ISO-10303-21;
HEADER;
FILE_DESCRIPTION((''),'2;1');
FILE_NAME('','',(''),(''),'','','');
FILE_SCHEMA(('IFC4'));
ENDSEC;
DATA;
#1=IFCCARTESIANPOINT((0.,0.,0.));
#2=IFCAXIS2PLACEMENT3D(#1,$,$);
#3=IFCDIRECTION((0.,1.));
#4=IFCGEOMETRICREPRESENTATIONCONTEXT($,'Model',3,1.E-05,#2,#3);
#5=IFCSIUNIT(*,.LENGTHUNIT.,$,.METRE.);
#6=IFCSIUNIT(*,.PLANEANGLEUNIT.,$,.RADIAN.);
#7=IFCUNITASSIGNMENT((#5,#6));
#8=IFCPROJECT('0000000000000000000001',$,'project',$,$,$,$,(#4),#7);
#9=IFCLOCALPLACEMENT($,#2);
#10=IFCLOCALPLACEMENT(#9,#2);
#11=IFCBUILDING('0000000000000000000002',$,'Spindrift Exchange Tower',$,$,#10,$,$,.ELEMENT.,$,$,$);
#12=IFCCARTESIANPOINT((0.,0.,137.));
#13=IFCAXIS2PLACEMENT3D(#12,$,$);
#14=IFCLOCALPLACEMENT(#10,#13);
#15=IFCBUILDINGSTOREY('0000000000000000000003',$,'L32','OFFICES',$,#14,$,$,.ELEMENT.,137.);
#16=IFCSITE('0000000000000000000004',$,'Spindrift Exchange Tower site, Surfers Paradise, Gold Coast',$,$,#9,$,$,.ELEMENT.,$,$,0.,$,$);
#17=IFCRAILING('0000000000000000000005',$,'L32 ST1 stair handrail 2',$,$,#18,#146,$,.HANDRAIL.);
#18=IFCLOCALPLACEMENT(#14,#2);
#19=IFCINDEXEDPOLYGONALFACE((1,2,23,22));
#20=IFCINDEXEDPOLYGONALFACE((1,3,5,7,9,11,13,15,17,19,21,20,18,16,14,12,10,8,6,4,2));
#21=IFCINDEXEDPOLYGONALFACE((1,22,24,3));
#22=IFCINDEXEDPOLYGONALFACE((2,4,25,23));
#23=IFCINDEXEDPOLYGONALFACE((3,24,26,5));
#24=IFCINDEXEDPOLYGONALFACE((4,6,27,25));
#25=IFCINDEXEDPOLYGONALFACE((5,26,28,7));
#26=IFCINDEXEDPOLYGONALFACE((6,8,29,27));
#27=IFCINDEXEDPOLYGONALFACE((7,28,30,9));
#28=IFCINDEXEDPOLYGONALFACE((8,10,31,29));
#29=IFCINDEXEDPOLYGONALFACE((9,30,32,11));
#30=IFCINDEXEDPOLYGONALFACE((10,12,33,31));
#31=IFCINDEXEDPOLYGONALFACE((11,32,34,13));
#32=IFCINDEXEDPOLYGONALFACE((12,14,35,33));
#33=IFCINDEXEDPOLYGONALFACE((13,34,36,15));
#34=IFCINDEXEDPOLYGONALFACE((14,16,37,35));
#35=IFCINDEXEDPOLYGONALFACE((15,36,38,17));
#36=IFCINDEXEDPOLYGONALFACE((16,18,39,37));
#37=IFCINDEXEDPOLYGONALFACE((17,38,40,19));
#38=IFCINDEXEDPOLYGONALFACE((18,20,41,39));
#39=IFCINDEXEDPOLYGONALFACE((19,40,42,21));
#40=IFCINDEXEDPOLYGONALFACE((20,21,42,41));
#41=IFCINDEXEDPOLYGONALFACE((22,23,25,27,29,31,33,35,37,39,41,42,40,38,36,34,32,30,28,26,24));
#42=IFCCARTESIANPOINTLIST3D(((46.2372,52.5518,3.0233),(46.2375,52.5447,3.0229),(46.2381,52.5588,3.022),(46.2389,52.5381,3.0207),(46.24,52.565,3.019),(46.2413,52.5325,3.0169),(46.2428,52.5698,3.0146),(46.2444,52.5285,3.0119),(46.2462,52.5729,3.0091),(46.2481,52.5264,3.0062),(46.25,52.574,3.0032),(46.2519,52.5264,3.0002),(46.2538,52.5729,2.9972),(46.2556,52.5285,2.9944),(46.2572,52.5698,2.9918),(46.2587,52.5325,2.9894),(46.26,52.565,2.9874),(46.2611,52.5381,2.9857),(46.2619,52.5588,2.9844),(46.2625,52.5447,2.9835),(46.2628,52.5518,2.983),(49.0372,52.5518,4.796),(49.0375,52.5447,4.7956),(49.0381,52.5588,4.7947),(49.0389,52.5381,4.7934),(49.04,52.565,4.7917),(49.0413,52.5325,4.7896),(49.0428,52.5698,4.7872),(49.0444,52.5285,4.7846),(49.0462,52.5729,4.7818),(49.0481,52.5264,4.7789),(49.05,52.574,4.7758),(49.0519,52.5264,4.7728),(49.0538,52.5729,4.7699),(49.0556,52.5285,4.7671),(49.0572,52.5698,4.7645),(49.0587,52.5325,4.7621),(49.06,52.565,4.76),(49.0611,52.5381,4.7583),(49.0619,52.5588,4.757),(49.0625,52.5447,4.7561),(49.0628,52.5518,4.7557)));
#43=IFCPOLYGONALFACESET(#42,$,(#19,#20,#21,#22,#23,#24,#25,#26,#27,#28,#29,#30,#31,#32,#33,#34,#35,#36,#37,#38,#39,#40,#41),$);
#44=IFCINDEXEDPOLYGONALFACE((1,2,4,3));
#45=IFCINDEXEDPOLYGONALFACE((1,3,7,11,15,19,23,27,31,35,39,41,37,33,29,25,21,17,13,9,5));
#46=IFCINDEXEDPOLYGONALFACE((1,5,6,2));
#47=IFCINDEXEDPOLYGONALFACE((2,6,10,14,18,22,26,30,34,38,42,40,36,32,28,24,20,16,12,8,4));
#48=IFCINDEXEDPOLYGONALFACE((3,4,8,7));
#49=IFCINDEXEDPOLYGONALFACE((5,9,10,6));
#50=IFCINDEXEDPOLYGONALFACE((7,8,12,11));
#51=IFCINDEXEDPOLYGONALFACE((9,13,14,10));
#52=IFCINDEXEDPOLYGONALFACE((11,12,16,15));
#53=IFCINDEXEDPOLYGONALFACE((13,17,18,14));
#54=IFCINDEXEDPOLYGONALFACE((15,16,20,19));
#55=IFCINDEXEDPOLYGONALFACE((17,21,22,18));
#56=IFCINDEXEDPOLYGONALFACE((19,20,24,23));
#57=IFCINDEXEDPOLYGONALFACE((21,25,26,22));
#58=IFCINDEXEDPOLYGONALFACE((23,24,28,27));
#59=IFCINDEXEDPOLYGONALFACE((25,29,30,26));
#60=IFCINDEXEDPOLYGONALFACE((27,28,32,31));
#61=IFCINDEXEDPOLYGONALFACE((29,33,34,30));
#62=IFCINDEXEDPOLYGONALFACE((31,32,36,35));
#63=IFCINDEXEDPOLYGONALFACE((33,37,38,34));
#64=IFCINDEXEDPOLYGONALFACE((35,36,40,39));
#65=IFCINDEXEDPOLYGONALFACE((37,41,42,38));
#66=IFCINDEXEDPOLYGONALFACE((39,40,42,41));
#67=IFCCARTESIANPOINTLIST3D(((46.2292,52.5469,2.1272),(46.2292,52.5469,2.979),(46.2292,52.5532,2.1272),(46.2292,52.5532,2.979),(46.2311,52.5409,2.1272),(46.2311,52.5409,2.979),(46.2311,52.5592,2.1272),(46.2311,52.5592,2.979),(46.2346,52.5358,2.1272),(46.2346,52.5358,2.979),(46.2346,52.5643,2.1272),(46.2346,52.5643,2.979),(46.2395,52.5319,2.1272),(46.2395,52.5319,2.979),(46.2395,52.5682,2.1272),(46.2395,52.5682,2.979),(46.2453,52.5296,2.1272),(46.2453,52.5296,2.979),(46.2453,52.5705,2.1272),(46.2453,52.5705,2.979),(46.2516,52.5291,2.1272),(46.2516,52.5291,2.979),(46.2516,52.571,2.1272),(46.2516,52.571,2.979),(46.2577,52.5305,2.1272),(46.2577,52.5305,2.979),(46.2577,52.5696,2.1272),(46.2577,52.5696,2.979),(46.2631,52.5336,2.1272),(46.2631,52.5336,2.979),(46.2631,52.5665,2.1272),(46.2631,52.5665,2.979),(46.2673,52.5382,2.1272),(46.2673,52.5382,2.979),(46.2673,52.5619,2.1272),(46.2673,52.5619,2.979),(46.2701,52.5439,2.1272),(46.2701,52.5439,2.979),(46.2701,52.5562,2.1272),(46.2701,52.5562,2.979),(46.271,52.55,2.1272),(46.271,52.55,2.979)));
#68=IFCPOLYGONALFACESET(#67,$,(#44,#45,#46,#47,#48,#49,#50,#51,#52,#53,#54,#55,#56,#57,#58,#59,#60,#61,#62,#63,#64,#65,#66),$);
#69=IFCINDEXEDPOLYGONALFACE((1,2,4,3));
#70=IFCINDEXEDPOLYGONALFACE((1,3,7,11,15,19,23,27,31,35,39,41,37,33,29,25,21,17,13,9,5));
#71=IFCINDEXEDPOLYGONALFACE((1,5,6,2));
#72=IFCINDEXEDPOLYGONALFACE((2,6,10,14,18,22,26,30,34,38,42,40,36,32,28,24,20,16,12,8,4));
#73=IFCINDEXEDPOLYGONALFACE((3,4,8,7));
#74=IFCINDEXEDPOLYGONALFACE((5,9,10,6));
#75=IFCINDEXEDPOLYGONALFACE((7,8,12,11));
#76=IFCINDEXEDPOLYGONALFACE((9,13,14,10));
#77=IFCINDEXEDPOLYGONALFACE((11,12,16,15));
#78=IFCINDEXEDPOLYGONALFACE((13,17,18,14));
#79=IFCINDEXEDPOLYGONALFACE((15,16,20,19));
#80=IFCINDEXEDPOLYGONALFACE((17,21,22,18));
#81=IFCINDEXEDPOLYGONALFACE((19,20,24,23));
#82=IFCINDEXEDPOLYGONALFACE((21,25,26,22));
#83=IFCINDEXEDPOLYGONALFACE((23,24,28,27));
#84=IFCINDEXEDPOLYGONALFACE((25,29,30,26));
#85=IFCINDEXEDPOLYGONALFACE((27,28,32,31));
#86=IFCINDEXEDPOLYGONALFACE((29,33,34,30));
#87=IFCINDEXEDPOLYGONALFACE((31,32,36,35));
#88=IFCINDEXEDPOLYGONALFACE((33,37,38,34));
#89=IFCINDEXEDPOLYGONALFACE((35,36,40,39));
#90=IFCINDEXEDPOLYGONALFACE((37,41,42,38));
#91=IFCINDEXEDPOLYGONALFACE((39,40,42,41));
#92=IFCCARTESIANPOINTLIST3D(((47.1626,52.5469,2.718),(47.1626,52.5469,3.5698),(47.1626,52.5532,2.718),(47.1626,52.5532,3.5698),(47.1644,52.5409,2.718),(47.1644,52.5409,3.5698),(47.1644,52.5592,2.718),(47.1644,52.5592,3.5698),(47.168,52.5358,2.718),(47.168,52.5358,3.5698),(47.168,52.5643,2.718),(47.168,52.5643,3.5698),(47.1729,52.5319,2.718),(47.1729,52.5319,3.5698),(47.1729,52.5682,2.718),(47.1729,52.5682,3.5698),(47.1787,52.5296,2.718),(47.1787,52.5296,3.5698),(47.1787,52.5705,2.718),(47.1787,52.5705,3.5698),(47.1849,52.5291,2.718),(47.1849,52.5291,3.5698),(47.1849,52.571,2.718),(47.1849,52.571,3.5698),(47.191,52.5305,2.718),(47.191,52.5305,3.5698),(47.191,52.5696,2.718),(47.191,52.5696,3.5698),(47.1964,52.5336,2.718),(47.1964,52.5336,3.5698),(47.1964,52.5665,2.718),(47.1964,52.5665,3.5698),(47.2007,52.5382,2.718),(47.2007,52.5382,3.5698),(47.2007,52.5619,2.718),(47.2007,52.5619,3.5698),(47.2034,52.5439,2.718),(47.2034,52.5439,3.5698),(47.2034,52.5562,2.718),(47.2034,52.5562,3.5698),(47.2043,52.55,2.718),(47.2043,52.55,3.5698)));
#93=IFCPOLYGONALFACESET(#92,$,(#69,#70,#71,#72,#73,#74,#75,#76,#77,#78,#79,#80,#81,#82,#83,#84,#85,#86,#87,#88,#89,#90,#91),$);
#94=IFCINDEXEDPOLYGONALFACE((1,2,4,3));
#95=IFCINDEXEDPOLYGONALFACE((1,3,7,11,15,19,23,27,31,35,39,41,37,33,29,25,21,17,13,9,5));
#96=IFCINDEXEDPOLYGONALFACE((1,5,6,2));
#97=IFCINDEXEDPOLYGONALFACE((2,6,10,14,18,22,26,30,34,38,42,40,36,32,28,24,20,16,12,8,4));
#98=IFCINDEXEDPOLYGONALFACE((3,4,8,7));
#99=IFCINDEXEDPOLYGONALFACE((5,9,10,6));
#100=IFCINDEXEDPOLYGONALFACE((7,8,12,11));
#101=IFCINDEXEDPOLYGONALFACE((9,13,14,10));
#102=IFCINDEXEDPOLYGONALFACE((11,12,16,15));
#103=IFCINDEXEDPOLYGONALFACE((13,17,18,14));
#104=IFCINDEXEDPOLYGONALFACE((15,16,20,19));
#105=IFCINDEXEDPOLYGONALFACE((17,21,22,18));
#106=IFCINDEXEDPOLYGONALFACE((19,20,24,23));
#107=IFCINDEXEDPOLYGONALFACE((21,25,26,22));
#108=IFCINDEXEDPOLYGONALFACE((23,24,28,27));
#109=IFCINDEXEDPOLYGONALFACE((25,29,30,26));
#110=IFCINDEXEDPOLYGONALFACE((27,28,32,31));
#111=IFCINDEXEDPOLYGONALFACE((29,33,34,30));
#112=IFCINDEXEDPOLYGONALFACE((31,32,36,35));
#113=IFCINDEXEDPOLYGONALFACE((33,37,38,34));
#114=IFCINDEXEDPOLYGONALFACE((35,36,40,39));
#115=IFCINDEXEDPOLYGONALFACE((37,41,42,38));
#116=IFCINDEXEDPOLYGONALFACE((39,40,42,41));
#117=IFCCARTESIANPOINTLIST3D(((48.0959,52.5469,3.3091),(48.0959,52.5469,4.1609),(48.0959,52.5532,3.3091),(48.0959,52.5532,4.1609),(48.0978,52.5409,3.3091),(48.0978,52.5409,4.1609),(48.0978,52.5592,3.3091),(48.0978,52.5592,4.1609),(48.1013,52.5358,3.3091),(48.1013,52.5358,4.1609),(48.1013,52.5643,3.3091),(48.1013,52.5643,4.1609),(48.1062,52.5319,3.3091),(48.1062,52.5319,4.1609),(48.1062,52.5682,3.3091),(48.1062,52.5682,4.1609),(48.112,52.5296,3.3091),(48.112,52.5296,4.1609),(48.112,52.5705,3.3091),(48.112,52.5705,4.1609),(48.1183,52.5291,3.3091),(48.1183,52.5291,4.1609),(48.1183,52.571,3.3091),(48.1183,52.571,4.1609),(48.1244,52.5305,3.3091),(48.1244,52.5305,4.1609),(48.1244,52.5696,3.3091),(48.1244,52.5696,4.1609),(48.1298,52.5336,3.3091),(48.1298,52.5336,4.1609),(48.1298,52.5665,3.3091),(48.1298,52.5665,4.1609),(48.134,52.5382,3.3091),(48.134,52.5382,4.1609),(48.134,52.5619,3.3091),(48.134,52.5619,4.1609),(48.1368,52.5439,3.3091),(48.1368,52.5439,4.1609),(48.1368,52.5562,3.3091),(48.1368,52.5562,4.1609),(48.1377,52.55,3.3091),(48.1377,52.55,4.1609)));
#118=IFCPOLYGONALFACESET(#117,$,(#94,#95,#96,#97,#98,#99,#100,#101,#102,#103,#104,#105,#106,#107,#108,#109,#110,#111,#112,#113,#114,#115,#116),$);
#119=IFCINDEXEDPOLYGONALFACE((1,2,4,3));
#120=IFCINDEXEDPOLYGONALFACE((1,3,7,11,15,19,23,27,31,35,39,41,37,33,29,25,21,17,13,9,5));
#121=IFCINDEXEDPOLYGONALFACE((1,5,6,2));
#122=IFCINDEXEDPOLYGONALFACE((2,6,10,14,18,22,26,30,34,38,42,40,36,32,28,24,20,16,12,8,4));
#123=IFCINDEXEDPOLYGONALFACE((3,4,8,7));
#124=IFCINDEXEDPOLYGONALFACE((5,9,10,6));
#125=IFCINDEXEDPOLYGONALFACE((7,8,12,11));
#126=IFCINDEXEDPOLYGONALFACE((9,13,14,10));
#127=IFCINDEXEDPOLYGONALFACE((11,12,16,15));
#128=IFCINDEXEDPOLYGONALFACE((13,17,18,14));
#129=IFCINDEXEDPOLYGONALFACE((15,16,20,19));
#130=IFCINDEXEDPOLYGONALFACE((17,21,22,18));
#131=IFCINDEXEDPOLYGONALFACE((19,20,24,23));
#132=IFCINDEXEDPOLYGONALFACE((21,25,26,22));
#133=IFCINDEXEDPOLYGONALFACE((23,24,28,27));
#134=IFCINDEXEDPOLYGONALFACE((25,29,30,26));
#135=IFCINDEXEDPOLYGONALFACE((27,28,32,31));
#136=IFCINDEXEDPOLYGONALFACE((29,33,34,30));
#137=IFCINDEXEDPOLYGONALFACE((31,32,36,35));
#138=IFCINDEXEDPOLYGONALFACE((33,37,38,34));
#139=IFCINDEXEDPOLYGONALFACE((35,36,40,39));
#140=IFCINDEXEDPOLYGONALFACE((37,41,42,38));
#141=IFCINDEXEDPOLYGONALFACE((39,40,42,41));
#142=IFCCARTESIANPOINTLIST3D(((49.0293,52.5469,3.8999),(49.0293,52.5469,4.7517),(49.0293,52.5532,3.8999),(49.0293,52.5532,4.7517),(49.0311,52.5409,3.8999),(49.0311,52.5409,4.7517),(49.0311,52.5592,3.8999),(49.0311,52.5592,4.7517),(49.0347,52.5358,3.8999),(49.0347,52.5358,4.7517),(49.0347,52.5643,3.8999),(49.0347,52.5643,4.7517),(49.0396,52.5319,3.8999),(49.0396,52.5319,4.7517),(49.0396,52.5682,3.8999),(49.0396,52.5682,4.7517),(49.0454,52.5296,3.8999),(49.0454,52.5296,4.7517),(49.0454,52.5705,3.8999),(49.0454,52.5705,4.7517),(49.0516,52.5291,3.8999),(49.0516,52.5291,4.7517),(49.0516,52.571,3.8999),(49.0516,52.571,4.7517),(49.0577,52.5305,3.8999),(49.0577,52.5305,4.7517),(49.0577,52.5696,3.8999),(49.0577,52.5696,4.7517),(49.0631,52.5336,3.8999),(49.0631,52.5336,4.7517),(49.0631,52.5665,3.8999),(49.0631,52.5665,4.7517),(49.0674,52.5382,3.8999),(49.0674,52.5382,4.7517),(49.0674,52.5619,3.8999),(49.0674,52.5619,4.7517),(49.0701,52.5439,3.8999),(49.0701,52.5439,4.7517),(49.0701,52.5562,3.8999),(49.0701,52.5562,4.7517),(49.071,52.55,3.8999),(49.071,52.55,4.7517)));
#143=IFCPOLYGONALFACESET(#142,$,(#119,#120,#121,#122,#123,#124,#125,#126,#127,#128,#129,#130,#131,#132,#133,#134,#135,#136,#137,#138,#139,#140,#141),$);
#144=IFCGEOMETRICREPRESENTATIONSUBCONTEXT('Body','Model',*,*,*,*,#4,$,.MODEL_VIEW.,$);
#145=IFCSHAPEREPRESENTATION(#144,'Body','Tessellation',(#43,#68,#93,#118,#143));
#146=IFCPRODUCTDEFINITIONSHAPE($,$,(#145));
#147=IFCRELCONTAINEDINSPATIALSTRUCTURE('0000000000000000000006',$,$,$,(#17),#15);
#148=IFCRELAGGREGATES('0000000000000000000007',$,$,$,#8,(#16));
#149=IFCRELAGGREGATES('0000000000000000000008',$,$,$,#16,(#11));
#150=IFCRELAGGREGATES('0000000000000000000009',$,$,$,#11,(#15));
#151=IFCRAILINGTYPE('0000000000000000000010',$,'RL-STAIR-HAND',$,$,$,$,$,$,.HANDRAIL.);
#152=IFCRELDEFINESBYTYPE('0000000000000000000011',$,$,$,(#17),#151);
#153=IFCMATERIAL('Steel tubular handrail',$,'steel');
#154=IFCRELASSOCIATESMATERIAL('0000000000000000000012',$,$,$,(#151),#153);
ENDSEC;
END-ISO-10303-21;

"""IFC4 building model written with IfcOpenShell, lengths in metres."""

from ifc_helpers import new_model, si_unit, direction, frame, origin, origin_2d, place, context, subcontext, project, spatial, circle, extrude, material, type_object, element, save


model = new_model("IFC4")

# Units and contexts
model_context = context("Model", 3, precision=1e-05, world=origin(), true_north=direction((0.0, 1.0)))
body_context = subcontext(model_context, "Body", "Model", "MODEL_VIEW")
ifc_project = project(units=[si_unit("LENGTHUNIT", "METRE"), si_unit("PLANEANGLEUNIT", "RADIAN")], contexts=[model_context])

# Site, building, storey
site_placement = place(None, origin())
site = spatial("IfcSite", under=ifc_project, at=site_placement, Name="Spindrift Exchange Tower site, Surfers Paradise, Gold Coast", CompositionType="ELEMENT", RefElevation=0.0)
building_placement = place(site_placement, origin())
building = spatial("IfcBuilding", under=site, at=building_placement, Name="Spindrift Exchange Tower", CompositionType="ELEMENT")
storey_placement = place(building_placement, frame((0.0, 0.0, 137.0)))
storey = spatial("IfcBuildingStorey", under=building, at=storey_placement, Name="L32", Description="OFFICES", CompositionType="ELEMENT", Elevation=137.0)

# Railing
ifc_material_1 = material(Name="Steel tubular handrail", Category="steel")
railing_type_1 = type_object("IfcRailingType", Name="RL-STAIR-HAND", PredefinedType="HANDRAIL", material=ifc_material_1)
railing_1_placement = place(storey_placement, frame((46.25, 52.55, 2.1272)))
element("IfcRailing", 1, at=railing_1_placement, inside=storey, type_object=railing_type_1, Name="L32 ST1 stair handrail 2", PredefinedType="HANDRAIL", context=body_context, shape_type="SweptSolid", body=[
    extrude(circle(Radius=0.0239, at=origin_2d()), frame((0.0, 0.0, 0.876), z_axis=(0.844909, 0.0, 0.53491), x_axis=(0.0, 1.0, 0.0)), (0.0, 0.0, 1.0), 3.314),
    extrude(circle(Radius=0.021, at=origin_2d()), origin(), (0.0, 0.0, 1.0), 0.8518),
    extrude(circle(Radius=0.021, at=origin_2d()), frame((0.9333, 0.0, 0.5908)), (0.0, 0.0, 1.0), 0.8518),
    extrude(circle(Radius=0.021, at=origin_2d()), frame((1.8667, 0.0, 1.1819)), (0.0, 0.0, 1.0), 0.8518),
    extrude(circle(Radius=0.021, at=origin_2d()), frame((2.8, 0.0, 1.7727)), (0.0, 0.0, 1.0), 0.8518),
])

save(model, "model.ifc")
